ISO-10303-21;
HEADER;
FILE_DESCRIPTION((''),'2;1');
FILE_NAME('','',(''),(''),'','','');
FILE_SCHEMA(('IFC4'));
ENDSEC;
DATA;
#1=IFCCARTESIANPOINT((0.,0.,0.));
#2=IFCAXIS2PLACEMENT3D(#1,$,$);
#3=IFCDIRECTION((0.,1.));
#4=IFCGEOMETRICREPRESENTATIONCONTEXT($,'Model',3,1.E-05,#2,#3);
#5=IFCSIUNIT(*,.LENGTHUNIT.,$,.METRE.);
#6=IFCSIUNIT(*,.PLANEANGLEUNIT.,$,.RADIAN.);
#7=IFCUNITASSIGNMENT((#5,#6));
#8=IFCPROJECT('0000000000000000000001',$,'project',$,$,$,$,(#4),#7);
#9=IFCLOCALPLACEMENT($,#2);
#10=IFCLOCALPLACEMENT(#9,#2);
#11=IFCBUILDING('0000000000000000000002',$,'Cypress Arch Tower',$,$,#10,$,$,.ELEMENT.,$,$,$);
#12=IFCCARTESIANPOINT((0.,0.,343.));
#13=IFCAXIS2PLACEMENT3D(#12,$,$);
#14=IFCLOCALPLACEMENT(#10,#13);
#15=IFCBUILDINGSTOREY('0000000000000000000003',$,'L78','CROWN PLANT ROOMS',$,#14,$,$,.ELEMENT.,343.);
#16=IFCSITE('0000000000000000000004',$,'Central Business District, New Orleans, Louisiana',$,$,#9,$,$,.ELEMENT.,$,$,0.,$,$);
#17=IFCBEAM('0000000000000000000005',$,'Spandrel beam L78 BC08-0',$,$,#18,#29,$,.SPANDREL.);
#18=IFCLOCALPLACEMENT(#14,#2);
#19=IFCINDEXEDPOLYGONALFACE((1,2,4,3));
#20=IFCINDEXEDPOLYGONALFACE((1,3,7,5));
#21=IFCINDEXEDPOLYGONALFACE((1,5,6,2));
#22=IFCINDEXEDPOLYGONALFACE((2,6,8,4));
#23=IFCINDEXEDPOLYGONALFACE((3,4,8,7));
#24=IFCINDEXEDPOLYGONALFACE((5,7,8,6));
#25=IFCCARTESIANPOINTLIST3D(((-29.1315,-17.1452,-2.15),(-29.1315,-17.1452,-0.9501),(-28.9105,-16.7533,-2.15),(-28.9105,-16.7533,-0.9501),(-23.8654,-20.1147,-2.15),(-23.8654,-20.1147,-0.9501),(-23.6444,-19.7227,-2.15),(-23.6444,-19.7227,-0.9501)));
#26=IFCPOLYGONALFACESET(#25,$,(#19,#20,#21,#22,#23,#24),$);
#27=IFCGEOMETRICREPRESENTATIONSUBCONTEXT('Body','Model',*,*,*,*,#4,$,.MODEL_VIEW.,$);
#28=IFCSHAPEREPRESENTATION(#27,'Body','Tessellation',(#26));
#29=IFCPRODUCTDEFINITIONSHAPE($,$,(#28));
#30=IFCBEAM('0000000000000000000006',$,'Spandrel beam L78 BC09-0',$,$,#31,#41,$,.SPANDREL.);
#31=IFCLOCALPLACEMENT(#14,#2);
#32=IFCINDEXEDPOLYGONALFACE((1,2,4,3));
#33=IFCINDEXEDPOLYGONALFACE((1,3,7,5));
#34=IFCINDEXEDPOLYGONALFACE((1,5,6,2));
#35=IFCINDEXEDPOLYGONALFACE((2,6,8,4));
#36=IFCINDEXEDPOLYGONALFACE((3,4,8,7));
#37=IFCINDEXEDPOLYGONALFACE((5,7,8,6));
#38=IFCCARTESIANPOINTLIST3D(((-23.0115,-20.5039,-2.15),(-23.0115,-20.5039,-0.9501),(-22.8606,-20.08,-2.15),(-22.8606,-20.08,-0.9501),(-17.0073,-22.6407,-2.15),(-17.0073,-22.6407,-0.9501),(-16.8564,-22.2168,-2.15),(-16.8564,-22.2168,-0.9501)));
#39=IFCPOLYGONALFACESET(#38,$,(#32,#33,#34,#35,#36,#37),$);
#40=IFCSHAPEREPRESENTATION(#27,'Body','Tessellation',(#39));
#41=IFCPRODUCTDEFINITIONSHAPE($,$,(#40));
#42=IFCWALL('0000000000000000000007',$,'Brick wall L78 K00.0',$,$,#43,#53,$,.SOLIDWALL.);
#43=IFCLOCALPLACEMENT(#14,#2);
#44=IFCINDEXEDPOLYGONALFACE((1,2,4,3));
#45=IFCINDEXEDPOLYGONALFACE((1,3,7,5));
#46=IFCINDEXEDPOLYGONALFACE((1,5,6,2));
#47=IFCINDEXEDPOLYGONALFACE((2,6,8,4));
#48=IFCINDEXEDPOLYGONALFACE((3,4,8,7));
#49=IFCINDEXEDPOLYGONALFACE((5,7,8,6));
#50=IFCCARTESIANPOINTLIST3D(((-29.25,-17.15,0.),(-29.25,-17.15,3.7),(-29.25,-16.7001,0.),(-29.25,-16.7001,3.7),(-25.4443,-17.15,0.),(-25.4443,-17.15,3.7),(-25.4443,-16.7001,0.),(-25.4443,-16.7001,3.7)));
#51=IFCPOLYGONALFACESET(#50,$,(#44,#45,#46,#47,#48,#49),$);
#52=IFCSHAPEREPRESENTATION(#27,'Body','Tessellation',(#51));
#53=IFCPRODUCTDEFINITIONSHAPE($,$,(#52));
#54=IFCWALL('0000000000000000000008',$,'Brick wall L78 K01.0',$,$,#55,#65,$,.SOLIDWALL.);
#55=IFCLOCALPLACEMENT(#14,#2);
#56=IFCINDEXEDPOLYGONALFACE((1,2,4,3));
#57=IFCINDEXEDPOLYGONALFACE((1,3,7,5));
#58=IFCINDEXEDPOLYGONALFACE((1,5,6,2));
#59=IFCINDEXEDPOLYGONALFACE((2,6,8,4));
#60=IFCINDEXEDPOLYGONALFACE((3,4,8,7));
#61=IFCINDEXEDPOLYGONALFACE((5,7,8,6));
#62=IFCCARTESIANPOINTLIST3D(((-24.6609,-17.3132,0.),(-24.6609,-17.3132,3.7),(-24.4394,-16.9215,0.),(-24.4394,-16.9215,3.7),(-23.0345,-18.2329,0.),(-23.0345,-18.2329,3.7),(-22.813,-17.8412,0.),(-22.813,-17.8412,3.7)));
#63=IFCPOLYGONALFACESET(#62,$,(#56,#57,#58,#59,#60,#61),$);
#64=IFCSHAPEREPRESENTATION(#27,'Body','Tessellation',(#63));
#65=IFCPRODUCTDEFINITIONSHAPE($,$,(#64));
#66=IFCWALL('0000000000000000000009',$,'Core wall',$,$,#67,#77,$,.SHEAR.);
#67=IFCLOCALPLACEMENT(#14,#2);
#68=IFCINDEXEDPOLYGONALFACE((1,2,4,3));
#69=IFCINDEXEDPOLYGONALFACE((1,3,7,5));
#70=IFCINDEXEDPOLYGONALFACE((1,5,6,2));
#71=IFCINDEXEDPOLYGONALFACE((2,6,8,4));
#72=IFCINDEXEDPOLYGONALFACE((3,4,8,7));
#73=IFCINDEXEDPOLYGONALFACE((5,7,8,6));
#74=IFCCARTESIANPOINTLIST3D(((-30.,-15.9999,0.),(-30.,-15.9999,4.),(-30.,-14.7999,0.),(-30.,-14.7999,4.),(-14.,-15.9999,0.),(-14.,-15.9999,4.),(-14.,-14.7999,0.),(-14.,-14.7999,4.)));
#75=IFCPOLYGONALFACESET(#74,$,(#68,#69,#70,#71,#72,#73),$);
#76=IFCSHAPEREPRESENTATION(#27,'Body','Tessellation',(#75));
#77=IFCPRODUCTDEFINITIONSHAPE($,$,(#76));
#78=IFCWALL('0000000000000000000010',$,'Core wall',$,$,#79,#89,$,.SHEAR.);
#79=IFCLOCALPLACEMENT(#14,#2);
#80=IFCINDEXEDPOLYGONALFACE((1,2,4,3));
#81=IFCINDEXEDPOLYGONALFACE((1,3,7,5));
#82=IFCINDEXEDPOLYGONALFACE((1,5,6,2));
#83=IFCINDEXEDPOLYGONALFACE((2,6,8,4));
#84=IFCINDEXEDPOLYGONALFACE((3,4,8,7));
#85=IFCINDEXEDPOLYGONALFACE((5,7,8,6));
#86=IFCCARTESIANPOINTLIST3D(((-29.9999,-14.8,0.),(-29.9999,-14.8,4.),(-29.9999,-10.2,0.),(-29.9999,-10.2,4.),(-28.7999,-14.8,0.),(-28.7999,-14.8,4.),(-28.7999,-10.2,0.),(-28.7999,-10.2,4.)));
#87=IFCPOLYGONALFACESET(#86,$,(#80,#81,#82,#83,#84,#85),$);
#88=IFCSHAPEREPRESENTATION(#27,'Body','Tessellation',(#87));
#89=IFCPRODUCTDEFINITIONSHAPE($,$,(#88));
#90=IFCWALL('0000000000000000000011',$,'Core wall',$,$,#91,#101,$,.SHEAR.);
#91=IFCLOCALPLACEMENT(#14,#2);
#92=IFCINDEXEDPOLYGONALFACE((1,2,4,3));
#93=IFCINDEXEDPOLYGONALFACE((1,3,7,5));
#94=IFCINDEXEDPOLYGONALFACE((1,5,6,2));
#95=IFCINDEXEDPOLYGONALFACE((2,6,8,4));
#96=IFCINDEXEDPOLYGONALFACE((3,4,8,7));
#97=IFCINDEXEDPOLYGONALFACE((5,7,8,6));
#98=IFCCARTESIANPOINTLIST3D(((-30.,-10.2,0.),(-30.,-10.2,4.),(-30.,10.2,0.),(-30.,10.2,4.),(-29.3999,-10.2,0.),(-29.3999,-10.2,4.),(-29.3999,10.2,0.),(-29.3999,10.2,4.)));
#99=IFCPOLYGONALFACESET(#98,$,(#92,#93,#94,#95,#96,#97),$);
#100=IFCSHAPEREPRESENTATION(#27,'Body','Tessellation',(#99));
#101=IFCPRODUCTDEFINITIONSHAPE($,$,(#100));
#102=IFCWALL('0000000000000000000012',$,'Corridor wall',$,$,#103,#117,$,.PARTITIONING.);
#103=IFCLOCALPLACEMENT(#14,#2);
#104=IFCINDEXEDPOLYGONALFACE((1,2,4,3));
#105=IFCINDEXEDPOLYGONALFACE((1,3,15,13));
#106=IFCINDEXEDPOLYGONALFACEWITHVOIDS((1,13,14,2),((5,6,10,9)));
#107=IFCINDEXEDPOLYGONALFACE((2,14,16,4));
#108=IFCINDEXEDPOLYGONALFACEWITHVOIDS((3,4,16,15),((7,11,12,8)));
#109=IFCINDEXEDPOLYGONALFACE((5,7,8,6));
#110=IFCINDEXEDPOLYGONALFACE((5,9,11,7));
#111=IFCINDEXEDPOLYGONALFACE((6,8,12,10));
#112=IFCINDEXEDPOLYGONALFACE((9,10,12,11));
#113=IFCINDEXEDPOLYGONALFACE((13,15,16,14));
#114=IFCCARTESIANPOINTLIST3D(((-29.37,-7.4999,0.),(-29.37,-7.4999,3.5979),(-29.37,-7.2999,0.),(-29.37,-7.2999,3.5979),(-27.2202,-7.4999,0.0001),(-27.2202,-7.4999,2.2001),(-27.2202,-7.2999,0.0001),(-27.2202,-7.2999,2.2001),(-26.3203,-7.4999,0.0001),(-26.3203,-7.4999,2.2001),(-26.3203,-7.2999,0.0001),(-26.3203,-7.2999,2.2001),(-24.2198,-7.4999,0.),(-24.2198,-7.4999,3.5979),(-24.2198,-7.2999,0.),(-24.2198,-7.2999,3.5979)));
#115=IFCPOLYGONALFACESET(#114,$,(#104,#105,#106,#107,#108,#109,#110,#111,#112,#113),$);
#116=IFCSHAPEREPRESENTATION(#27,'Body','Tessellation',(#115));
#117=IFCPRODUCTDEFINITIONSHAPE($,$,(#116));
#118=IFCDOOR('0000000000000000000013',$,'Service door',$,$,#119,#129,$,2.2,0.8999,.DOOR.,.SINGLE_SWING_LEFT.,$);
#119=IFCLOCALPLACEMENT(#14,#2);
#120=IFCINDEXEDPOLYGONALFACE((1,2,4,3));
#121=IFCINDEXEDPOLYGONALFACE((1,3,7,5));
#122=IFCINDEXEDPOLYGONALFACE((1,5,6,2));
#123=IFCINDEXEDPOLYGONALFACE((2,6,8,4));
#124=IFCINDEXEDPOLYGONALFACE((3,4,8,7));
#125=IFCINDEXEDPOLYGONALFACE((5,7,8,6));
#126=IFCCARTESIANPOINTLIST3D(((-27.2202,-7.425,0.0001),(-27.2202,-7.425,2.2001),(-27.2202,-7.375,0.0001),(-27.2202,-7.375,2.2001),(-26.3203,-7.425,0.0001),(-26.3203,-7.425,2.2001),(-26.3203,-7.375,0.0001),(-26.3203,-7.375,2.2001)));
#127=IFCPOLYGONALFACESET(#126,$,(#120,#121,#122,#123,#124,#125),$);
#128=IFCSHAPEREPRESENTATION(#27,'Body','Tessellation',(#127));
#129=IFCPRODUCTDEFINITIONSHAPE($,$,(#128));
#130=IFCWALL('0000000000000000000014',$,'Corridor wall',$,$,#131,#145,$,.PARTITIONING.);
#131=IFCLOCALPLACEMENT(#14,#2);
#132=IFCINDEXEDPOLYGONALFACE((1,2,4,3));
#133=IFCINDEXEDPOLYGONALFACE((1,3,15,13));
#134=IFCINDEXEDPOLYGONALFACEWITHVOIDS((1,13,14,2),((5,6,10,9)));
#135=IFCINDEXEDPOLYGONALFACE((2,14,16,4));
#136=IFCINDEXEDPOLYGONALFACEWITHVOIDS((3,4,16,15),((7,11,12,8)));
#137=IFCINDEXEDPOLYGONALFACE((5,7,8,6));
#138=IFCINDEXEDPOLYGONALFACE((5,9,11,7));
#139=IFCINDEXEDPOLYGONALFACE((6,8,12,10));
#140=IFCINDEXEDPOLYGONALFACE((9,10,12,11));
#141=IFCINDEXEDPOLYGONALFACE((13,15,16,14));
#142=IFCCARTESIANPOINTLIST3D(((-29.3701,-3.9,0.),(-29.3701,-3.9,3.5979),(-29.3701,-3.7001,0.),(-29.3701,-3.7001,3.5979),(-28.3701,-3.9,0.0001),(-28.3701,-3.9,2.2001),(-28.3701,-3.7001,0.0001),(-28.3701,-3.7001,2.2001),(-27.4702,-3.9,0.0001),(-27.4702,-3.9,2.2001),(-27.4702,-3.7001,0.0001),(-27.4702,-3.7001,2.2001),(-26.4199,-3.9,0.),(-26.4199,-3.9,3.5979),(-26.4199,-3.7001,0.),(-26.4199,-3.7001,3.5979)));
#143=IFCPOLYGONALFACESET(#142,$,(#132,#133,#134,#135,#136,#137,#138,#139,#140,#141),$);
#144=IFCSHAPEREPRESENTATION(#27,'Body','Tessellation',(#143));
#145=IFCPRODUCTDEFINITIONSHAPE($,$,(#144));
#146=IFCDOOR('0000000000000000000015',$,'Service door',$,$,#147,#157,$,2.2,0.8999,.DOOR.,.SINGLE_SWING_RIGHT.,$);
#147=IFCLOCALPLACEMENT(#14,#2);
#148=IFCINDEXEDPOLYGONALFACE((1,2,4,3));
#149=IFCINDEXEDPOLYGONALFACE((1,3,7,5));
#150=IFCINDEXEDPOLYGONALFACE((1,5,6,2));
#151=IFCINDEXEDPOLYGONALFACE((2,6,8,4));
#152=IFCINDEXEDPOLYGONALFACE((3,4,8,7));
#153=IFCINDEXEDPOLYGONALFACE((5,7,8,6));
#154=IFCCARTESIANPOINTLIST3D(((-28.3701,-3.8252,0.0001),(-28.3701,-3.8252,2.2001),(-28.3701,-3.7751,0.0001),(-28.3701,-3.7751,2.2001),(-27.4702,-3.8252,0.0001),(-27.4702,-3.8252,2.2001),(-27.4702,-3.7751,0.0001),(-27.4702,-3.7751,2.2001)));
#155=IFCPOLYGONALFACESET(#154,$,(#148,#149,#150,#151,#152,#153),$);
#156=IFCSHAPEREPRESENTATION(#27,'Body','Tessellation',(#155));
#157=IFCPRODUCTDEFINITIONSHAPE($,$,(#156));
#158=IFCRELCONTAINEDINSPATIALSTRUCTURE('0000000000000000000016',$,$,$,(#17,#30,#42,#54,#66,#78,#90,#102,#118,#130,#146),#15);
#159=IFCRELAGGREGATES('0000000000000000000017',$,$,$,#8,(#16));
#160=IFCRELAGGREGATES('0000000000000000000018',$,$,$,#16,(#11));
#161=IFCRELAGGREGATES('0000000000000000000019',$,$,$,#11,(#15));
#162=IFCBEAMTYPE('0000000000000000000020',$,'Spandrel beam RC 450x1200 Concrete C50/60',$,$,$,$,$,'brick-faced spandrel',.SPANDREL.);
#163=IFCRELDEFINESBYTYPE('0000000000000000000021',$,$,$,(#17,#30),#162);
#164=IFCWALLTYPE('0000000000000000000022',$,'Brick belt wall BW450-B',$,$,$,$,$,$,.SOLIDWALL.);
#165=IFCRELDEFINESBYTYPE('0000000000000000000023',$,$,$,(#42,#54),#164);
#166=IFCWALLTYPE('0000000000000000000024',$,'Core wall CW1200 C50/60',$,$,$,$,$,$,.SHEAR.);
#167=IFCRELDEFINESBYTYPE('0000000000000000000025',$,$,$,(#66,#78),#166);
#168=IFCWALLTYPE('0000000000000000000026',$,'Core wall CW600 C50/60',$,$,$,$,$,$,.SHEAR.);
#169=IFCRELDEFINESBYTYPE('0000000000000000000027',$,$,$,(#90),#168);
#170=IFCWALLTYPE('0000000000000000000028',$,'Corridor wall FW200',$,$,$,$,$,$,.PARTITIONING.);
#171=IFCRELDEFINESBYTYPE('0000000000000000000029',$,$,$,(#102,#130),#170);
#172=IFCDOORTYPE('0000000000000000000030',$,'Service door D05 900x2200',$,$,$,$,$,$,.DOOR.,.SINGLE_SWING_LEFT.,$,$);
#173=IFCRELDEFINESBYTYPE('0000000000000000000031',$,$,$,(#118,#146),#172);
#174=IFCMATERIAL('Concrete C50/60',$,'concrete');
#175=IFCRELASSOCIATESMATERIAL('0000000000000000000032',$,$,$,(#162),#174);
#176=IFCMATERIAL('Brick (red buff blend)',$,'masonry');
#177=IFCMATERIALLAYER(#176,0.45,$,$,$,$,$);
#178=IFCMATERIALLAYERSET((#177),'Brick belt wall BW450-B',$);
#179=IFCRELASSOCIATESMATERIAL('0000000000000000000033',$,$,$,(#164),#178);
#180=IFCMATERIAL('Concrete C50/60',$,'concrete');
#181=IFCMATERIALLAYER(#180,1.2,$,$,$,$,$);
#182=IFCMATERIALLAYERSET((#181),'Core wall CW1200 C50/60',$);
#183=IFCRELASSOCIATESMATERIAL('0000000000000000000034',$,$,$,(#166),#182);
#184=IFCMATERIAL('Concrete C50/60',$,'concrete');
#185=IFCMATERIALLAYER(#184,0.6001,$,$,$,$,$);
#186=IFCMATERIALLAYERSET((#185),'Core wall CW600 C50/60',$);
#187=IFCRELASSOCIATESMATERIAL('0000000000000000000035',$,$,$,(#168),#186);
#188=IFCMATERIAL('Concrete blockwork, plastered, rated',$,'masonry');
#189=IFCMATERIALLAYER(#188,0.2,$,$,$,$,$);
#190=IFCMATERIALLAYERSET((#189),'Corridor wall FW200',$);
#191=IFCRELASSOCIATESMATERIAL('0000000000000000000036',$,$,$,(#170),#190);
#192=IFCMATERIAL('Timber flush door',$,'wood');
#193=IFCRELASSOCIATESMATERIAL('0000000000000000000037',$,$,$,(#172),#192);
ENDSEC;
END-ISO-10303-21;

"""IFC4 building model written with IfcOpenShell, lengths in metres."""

from ifc_helpers import new_model, si_unit, direction, frame, frame_2d, origin, origin_2d, place, context, subcontext, project, spatial, rectangle, extrude, material, layer, layer_set, material_profile, profile_set, type_object, element, fill, save


model = new_model("IFC4")

# Units and contexts
model_context = context("Model", 3, precision=1e-05, world=origin(), true_north=direction((0.0, 1.0)))
body_context = subcontext(model_context, "Body", "Model", "MODEL_VIEW")
ifc_project = project(units=[si_unit("LENGTHUNIT", "METRE"), si_unit("PLANEANGLEUNIT", "RADIAN")], contexts=[model_context])

# Site, building, storey
site_placement = place(None, origin())
site = spatial("IfcSite", under=ifc_project, at=site_placement, Name="Central Business District, New Orleans, Louisiana", CompositionType="ELEMENT", RefElevation=0.0)
building_placement = place(site_placement, origin())
building = spatial("IfcBuilding", under=site, at=building_placement, Name="Cypress Arch Tower", CompositionType="ELEMENT")
storey_placement = place(building_placement, frame((0.0, 0.0, 343.0)))
storey = spatial("IfcBuildingStorey", under=building, at=storey_placement, Name="L78", Description="CROWN PLANT ROOMS", CompositionType="ELEMENT", Elevation=343.0)

# Beams
ifc_material_1 = material(Name="Concrete C50/60", Category="concrete")
ifc_material_profile = material_profile(ifc_material_1, rectangle(XDim=0.45, YDim=1.2, at=origin_2d()), Name="RC 450x1200")
ifc_profile_set = profile_set([ifc_material_profile], Name="Concrete C50/60")
beam_type = type_object("IfcBeamType", Name="Spandrel beam RC 450x1200 Concrete C50/60", ElementType="brick-faced spandrel", PredefinedType="SPANDREL", material=ifc_profile_set)
beam_1_placement = place(storey_placement, frame((-29.021, -16.9492, -1.55), z_axis=(0.87106, -0.491177, 0.0), x_axis=(0.491177, 0.87106, 0.0)))
element("IfcBeam", 1, at=beam_1_placement, inside=storey, type_object=beam_type, Name="Spandrel beam L78 BC08-0", PredefinedType="SPANDREL", context=body_context, shape_type="SweptSolid", body=[
    extrude(rectangle(XDim=0.45, YDim=1.2, at=origin_2d()), origin(), (0.0, 0.0, 1.0), 6.0457),
])
beam_2_placement = place(storey_placement, frame((-22.936, -20.292, -1.55), z_axis=(0.94212, -0.335276, 0.0), x_axis=(0.335276, 0.94212, 0.0)))
element("IfcBeam", 2, at=beam_2_placement, inside=storey, type_object=beam_type, Name="Spandrel beam L78 BC09-0", PredefinedType="SPANDREL", context=body_context, shape_type="SweptSolid", body=[
    extrude(rectangle(XDim=0.45, YDim=1.2, at=origin_2d()), origin(), (0.0, 0.0, 1.0), 6.373),
])

# Walls
ifc_material_2 = material(Name="Brick (red buff blend)", Category="masonry")
ifc_layer_1 = layer(ifc_material_2, 0.45)
ifc_layer_set_1 = layer_set([ifc_layer_1], Name="Brick belt wall BW450-B")
wall_type_1 = type_object("IfcWallType", Name="Brick belt wall BW450-B", PredefinedType="SOLIDWALL", material=ifc_layer_set_1)
wall_1_placement = place(storey_placement, frame((-29.25, -16.925, 0.0), z_axis=(0.0, 0.0, 1.0), x_axis=(1.0, 0.0, 0.0)))
element("IfcWall", 3, at=wall_1_placement, inside=storey, type_object=wall_type_1, Name="Brick wall L78 K00.0", PredefinedType="SOLIDWALL", context=body_context, shape_type="SweptSolid", body=[
    extrude(rectangle(XDim=3.8057, YDim=0.45, at=frame_2d((1.9028, 0.0))), origin(), (0.0, 0.0, 1.0), 3.7),
])
wall_2_placement = place(storey_placement, frame((-24.55, -17.1174, 0.0), z_axis=(0.0, 0.0, 1.0), x_axis=(0.870478, -0.492208, 0.0)))
element("IfcWall", 4, at=wall_2_placement, inside=storey, type_object=wall_type_1, Name="Brick wall L78 K01.0", PredefinedType="SOLIDWALL", context=body_context, shape_type="SweptSolid", body=[
    extrude(rectangle(XDim=1.8684, YDim=0.45, at=frame_2d((0.9341, 0.0))), origin(), (0.0, 0.0, 1.0), 3.7),
])
ifc_material_3 = material(Name="Concrete C50/60", Category="concrete")
ifc_layer_2 = layer(ifc_material_3, 1.2)
ifc_layer_set_2 = layer_set([ifc_layer_2], Name="Core wall CW1200 C50/60")
wall_type_2 = type_object("IfcWallType", Name="Core wall CW1200 C50/60", PredefinedType="SHEAR", material=ifc_layer_set_2)
wall_3_placement = place(storey_placement, frame((-30.0, -15.3999, 0.0), z_axis=(0.0, 0.0, 1.0), x_axis=(1.0, 0.0, 0.0)))
element("IfcWall", 5, at=wall_3_placement, inside=storey, type_object=wall_type_2, Name="Core wall", PredefinedType="SHEAR", context=body_context, shape_type="SweptSolid", body=[
    extrude(rectangle(XDim=16.0, YDim=1.2, at=frame_2d((8.0, 0.0))), origin(), (0.0, 0.0, 1.0), 4.0),
])
wall_4_placement = place(storey_placement, frame((-29.3999, -14.8, 0.0), z_axis=(0.0, 0.0, 1.0), x_axis=(0.0, 1.0, 0.0)))
element("IfcWall", 6, at=wall_4_placement, inside=storey, type_object=wall_type_2, Name="Core wall", PredefinedType="SHEAR", context=body_context, shape_type="SweptSolid", body=[
    extrude(rectangle(XDim=4.6001, YDim=1.2, at=frame_2d((2.3, 0.0))), origin(), (0.0, 0.0, 1.0), 4.0),
])
ifc_material_4 = material(Name="Concrete C50/60", Category="concrete")
ifc_layer_3 = layer(ifc_material_4, 0.6001)
ifc_layer_set_3 = layer_set([ifc_layer_3], Name="Core wall CW600 C50/60")
wall_type_3 = type_object("IfcWallType", Name="Core wall CW600 C50/60", PredefinedType="SHEAR", material=ifc_layer_set_3)
wall_5_placement = place(storey_placement, frame((-29.7, -10.2, 0.0), z_axis=(0.0, 0.0, 1.0), x_axis=(0.0, 1.0, 0.0)))
element("IfcWall", 7, at=wall_5_placement, inside=storey, type_object=wall_type_3, Name="Core wall", PredefinedType="SHEAR", context=body_context, shape_type="SweptSolid", body=[
    extrude(rectangle(XDim=20.3999, YDim=0.6001, at=frame_2d((10.2, 0.0))), origin(), (0.0, 0.0, 1.0), 4.0),
])

# Walls, openings, doors
ifc_material_5 = material(Name="Concrete blockwork, plastered, rated", Category="masonry")
ifc_layer_4 = layer(ifc_material_5, 0.2)
ifc_layer_set_4 = layer_set([ifc_layer_4], Name="Corridor wall FW200")
wall_type_4 = type_object("IfcWallType", Name="Corridor wall FW200", PredefinedType="PARTITIONING", material=ifc_layer_set_4)
wall_6_placement = place(storey_placement, frame((-29.3701, -7.3999, 0.0), z_axis=(0.0, 0.0, 1.0), x_axis=(1.0, 0.0, 0.0)))
wall_6 = element("IfcWall", 8, at=wall_6_placement, inside=storey, type_object=wall_type_4, Name="Corridor wall", PredefinedType="PARTITIONING", context=body_context, shape_type="SweptSolid", body=[
    extrude(rectangle(XDim=5.1501, YDim=0.2, at=frame_2d((2.5752, 0.0))), origin(), (0.0, 0.0, 1.0), 3.5979),
])
opening_1_placement = place(wall_6_placement, frame((2.1499, 0.0, 0.0)))
opening_1 = element("IfcOpeningElement", 9, at=opening_1_placement, cuts=wall_6, PredefinedType="OPENING", context=body_context, shape_type="SweptSolid", body=[
    extrude(rectangle(XDim=0.8999, YDim=2.2, at=frame_2d((0.45, 1.1001))), frame((0.0, 0.1099, 0.0), z_axis=(0.0, -1.0, 0.0), x_axis=(1.0, 0.0, 0.0)), (0.0, 0.0, 1.0), 0.22),
])
ifc_material_6 = material(Name="Timber flush door", Category="wood")
door_type = type_object("IfcDoorType", Name="Service door D05 900x2200", OperationType="SINGLE_SWING_LEFT", PredefinedType="DOOR", material=ifc_material_6)
door_1_placement = place(opening_1_placement, origin())
door_1 = element("IfcDoor", 10, at=door_1_placement, inside=storey, type_object=door_type, Name="Service door", OperationType="SINGLE_SWING_LEFT", OverallHeight=2.2, OverallWidth=0.8999, PredefinedType="DOOR", context=body_context, shape_type="SweptSolid", body=[
    extrude(rectangle(XDim=0.8999, YDim=2.2, at=frame_2d((0.45, 1.1001))), frame((0.0, 0.0249, 0.0), z_axis=(0.0, -1.0, 0.0), x_axis=(1.0, 0.0, 0.0)), (0.0, 0.0, 1.0), 0.05),
])
fill(opening_1, door_1)
wall_7_placement = place(storey_placement, frame((-29.3701, -3.8, 0.0), z_axis=(0.0, 0.0, 1.0), x_axis=(1.0, 0.0, 0.0)))
wall_7 = element("IfcWall", 11, at=wall_7_placement, inside=storey, type_object=wall_type_4, Name="Corridor wall", PredefinedType="PARTITIONING", context=body_context, shape_type="SweptSolid", body=[
    extrude(rectangle(XDim=2.9502, YDim=0.2, at=frame_2d((1.4751, 0.0))), origin(), (0.0, 0.0, 1.0), 3.5979),
])
opening_2_placement = place(wall_7_placement, frame((1.0, 0.0, 0.0)))
opening_2 = element("IfcOpeningElement", 12, at=opening_2_placement, cuts=wall_7, PredefinedType="OPENING", context=body_context, shape_type="SweptSolid", body=[
    extrude(rectangle(XDim=0.8999, YDim=2.2, at=frame_2d((0.45, 1.1001))), frame((0.0, 0.1099, 0.0), z_axis=(0.0, -1.0, 0.0), x_axis=(1.0, 0.0, 0.0)), (0.0, 0.0, 1.0), 0.22),
])
door_2_placement = place(opening_2_placement, origin())
door_2 = element("IfcDoor", 13, at=door_2_placement, inside=storey, type_object=door_type, Name="Service door", OperationType="SINGLE_SWING_RIGHT", OverallHeight=2.2, OverallWidth=0.8999, PredefinedType="DOOR", context=body_context, shape_type="SweptSolid", body=[
    extrude(rectangle(XDim=0.8999, YDim=2.2, at=frame_2d((0.45, 1.1001))), frame((0.0, 0.0249, 0.0), z_axis=(0.0, -1.0, 0.0), x_axis=(1.0, 0.0, 0.0)), (0.0, 0.0, 1.0), 0.05),
])
fill(opening_2, door_2)

save(model, "model.ifc")
